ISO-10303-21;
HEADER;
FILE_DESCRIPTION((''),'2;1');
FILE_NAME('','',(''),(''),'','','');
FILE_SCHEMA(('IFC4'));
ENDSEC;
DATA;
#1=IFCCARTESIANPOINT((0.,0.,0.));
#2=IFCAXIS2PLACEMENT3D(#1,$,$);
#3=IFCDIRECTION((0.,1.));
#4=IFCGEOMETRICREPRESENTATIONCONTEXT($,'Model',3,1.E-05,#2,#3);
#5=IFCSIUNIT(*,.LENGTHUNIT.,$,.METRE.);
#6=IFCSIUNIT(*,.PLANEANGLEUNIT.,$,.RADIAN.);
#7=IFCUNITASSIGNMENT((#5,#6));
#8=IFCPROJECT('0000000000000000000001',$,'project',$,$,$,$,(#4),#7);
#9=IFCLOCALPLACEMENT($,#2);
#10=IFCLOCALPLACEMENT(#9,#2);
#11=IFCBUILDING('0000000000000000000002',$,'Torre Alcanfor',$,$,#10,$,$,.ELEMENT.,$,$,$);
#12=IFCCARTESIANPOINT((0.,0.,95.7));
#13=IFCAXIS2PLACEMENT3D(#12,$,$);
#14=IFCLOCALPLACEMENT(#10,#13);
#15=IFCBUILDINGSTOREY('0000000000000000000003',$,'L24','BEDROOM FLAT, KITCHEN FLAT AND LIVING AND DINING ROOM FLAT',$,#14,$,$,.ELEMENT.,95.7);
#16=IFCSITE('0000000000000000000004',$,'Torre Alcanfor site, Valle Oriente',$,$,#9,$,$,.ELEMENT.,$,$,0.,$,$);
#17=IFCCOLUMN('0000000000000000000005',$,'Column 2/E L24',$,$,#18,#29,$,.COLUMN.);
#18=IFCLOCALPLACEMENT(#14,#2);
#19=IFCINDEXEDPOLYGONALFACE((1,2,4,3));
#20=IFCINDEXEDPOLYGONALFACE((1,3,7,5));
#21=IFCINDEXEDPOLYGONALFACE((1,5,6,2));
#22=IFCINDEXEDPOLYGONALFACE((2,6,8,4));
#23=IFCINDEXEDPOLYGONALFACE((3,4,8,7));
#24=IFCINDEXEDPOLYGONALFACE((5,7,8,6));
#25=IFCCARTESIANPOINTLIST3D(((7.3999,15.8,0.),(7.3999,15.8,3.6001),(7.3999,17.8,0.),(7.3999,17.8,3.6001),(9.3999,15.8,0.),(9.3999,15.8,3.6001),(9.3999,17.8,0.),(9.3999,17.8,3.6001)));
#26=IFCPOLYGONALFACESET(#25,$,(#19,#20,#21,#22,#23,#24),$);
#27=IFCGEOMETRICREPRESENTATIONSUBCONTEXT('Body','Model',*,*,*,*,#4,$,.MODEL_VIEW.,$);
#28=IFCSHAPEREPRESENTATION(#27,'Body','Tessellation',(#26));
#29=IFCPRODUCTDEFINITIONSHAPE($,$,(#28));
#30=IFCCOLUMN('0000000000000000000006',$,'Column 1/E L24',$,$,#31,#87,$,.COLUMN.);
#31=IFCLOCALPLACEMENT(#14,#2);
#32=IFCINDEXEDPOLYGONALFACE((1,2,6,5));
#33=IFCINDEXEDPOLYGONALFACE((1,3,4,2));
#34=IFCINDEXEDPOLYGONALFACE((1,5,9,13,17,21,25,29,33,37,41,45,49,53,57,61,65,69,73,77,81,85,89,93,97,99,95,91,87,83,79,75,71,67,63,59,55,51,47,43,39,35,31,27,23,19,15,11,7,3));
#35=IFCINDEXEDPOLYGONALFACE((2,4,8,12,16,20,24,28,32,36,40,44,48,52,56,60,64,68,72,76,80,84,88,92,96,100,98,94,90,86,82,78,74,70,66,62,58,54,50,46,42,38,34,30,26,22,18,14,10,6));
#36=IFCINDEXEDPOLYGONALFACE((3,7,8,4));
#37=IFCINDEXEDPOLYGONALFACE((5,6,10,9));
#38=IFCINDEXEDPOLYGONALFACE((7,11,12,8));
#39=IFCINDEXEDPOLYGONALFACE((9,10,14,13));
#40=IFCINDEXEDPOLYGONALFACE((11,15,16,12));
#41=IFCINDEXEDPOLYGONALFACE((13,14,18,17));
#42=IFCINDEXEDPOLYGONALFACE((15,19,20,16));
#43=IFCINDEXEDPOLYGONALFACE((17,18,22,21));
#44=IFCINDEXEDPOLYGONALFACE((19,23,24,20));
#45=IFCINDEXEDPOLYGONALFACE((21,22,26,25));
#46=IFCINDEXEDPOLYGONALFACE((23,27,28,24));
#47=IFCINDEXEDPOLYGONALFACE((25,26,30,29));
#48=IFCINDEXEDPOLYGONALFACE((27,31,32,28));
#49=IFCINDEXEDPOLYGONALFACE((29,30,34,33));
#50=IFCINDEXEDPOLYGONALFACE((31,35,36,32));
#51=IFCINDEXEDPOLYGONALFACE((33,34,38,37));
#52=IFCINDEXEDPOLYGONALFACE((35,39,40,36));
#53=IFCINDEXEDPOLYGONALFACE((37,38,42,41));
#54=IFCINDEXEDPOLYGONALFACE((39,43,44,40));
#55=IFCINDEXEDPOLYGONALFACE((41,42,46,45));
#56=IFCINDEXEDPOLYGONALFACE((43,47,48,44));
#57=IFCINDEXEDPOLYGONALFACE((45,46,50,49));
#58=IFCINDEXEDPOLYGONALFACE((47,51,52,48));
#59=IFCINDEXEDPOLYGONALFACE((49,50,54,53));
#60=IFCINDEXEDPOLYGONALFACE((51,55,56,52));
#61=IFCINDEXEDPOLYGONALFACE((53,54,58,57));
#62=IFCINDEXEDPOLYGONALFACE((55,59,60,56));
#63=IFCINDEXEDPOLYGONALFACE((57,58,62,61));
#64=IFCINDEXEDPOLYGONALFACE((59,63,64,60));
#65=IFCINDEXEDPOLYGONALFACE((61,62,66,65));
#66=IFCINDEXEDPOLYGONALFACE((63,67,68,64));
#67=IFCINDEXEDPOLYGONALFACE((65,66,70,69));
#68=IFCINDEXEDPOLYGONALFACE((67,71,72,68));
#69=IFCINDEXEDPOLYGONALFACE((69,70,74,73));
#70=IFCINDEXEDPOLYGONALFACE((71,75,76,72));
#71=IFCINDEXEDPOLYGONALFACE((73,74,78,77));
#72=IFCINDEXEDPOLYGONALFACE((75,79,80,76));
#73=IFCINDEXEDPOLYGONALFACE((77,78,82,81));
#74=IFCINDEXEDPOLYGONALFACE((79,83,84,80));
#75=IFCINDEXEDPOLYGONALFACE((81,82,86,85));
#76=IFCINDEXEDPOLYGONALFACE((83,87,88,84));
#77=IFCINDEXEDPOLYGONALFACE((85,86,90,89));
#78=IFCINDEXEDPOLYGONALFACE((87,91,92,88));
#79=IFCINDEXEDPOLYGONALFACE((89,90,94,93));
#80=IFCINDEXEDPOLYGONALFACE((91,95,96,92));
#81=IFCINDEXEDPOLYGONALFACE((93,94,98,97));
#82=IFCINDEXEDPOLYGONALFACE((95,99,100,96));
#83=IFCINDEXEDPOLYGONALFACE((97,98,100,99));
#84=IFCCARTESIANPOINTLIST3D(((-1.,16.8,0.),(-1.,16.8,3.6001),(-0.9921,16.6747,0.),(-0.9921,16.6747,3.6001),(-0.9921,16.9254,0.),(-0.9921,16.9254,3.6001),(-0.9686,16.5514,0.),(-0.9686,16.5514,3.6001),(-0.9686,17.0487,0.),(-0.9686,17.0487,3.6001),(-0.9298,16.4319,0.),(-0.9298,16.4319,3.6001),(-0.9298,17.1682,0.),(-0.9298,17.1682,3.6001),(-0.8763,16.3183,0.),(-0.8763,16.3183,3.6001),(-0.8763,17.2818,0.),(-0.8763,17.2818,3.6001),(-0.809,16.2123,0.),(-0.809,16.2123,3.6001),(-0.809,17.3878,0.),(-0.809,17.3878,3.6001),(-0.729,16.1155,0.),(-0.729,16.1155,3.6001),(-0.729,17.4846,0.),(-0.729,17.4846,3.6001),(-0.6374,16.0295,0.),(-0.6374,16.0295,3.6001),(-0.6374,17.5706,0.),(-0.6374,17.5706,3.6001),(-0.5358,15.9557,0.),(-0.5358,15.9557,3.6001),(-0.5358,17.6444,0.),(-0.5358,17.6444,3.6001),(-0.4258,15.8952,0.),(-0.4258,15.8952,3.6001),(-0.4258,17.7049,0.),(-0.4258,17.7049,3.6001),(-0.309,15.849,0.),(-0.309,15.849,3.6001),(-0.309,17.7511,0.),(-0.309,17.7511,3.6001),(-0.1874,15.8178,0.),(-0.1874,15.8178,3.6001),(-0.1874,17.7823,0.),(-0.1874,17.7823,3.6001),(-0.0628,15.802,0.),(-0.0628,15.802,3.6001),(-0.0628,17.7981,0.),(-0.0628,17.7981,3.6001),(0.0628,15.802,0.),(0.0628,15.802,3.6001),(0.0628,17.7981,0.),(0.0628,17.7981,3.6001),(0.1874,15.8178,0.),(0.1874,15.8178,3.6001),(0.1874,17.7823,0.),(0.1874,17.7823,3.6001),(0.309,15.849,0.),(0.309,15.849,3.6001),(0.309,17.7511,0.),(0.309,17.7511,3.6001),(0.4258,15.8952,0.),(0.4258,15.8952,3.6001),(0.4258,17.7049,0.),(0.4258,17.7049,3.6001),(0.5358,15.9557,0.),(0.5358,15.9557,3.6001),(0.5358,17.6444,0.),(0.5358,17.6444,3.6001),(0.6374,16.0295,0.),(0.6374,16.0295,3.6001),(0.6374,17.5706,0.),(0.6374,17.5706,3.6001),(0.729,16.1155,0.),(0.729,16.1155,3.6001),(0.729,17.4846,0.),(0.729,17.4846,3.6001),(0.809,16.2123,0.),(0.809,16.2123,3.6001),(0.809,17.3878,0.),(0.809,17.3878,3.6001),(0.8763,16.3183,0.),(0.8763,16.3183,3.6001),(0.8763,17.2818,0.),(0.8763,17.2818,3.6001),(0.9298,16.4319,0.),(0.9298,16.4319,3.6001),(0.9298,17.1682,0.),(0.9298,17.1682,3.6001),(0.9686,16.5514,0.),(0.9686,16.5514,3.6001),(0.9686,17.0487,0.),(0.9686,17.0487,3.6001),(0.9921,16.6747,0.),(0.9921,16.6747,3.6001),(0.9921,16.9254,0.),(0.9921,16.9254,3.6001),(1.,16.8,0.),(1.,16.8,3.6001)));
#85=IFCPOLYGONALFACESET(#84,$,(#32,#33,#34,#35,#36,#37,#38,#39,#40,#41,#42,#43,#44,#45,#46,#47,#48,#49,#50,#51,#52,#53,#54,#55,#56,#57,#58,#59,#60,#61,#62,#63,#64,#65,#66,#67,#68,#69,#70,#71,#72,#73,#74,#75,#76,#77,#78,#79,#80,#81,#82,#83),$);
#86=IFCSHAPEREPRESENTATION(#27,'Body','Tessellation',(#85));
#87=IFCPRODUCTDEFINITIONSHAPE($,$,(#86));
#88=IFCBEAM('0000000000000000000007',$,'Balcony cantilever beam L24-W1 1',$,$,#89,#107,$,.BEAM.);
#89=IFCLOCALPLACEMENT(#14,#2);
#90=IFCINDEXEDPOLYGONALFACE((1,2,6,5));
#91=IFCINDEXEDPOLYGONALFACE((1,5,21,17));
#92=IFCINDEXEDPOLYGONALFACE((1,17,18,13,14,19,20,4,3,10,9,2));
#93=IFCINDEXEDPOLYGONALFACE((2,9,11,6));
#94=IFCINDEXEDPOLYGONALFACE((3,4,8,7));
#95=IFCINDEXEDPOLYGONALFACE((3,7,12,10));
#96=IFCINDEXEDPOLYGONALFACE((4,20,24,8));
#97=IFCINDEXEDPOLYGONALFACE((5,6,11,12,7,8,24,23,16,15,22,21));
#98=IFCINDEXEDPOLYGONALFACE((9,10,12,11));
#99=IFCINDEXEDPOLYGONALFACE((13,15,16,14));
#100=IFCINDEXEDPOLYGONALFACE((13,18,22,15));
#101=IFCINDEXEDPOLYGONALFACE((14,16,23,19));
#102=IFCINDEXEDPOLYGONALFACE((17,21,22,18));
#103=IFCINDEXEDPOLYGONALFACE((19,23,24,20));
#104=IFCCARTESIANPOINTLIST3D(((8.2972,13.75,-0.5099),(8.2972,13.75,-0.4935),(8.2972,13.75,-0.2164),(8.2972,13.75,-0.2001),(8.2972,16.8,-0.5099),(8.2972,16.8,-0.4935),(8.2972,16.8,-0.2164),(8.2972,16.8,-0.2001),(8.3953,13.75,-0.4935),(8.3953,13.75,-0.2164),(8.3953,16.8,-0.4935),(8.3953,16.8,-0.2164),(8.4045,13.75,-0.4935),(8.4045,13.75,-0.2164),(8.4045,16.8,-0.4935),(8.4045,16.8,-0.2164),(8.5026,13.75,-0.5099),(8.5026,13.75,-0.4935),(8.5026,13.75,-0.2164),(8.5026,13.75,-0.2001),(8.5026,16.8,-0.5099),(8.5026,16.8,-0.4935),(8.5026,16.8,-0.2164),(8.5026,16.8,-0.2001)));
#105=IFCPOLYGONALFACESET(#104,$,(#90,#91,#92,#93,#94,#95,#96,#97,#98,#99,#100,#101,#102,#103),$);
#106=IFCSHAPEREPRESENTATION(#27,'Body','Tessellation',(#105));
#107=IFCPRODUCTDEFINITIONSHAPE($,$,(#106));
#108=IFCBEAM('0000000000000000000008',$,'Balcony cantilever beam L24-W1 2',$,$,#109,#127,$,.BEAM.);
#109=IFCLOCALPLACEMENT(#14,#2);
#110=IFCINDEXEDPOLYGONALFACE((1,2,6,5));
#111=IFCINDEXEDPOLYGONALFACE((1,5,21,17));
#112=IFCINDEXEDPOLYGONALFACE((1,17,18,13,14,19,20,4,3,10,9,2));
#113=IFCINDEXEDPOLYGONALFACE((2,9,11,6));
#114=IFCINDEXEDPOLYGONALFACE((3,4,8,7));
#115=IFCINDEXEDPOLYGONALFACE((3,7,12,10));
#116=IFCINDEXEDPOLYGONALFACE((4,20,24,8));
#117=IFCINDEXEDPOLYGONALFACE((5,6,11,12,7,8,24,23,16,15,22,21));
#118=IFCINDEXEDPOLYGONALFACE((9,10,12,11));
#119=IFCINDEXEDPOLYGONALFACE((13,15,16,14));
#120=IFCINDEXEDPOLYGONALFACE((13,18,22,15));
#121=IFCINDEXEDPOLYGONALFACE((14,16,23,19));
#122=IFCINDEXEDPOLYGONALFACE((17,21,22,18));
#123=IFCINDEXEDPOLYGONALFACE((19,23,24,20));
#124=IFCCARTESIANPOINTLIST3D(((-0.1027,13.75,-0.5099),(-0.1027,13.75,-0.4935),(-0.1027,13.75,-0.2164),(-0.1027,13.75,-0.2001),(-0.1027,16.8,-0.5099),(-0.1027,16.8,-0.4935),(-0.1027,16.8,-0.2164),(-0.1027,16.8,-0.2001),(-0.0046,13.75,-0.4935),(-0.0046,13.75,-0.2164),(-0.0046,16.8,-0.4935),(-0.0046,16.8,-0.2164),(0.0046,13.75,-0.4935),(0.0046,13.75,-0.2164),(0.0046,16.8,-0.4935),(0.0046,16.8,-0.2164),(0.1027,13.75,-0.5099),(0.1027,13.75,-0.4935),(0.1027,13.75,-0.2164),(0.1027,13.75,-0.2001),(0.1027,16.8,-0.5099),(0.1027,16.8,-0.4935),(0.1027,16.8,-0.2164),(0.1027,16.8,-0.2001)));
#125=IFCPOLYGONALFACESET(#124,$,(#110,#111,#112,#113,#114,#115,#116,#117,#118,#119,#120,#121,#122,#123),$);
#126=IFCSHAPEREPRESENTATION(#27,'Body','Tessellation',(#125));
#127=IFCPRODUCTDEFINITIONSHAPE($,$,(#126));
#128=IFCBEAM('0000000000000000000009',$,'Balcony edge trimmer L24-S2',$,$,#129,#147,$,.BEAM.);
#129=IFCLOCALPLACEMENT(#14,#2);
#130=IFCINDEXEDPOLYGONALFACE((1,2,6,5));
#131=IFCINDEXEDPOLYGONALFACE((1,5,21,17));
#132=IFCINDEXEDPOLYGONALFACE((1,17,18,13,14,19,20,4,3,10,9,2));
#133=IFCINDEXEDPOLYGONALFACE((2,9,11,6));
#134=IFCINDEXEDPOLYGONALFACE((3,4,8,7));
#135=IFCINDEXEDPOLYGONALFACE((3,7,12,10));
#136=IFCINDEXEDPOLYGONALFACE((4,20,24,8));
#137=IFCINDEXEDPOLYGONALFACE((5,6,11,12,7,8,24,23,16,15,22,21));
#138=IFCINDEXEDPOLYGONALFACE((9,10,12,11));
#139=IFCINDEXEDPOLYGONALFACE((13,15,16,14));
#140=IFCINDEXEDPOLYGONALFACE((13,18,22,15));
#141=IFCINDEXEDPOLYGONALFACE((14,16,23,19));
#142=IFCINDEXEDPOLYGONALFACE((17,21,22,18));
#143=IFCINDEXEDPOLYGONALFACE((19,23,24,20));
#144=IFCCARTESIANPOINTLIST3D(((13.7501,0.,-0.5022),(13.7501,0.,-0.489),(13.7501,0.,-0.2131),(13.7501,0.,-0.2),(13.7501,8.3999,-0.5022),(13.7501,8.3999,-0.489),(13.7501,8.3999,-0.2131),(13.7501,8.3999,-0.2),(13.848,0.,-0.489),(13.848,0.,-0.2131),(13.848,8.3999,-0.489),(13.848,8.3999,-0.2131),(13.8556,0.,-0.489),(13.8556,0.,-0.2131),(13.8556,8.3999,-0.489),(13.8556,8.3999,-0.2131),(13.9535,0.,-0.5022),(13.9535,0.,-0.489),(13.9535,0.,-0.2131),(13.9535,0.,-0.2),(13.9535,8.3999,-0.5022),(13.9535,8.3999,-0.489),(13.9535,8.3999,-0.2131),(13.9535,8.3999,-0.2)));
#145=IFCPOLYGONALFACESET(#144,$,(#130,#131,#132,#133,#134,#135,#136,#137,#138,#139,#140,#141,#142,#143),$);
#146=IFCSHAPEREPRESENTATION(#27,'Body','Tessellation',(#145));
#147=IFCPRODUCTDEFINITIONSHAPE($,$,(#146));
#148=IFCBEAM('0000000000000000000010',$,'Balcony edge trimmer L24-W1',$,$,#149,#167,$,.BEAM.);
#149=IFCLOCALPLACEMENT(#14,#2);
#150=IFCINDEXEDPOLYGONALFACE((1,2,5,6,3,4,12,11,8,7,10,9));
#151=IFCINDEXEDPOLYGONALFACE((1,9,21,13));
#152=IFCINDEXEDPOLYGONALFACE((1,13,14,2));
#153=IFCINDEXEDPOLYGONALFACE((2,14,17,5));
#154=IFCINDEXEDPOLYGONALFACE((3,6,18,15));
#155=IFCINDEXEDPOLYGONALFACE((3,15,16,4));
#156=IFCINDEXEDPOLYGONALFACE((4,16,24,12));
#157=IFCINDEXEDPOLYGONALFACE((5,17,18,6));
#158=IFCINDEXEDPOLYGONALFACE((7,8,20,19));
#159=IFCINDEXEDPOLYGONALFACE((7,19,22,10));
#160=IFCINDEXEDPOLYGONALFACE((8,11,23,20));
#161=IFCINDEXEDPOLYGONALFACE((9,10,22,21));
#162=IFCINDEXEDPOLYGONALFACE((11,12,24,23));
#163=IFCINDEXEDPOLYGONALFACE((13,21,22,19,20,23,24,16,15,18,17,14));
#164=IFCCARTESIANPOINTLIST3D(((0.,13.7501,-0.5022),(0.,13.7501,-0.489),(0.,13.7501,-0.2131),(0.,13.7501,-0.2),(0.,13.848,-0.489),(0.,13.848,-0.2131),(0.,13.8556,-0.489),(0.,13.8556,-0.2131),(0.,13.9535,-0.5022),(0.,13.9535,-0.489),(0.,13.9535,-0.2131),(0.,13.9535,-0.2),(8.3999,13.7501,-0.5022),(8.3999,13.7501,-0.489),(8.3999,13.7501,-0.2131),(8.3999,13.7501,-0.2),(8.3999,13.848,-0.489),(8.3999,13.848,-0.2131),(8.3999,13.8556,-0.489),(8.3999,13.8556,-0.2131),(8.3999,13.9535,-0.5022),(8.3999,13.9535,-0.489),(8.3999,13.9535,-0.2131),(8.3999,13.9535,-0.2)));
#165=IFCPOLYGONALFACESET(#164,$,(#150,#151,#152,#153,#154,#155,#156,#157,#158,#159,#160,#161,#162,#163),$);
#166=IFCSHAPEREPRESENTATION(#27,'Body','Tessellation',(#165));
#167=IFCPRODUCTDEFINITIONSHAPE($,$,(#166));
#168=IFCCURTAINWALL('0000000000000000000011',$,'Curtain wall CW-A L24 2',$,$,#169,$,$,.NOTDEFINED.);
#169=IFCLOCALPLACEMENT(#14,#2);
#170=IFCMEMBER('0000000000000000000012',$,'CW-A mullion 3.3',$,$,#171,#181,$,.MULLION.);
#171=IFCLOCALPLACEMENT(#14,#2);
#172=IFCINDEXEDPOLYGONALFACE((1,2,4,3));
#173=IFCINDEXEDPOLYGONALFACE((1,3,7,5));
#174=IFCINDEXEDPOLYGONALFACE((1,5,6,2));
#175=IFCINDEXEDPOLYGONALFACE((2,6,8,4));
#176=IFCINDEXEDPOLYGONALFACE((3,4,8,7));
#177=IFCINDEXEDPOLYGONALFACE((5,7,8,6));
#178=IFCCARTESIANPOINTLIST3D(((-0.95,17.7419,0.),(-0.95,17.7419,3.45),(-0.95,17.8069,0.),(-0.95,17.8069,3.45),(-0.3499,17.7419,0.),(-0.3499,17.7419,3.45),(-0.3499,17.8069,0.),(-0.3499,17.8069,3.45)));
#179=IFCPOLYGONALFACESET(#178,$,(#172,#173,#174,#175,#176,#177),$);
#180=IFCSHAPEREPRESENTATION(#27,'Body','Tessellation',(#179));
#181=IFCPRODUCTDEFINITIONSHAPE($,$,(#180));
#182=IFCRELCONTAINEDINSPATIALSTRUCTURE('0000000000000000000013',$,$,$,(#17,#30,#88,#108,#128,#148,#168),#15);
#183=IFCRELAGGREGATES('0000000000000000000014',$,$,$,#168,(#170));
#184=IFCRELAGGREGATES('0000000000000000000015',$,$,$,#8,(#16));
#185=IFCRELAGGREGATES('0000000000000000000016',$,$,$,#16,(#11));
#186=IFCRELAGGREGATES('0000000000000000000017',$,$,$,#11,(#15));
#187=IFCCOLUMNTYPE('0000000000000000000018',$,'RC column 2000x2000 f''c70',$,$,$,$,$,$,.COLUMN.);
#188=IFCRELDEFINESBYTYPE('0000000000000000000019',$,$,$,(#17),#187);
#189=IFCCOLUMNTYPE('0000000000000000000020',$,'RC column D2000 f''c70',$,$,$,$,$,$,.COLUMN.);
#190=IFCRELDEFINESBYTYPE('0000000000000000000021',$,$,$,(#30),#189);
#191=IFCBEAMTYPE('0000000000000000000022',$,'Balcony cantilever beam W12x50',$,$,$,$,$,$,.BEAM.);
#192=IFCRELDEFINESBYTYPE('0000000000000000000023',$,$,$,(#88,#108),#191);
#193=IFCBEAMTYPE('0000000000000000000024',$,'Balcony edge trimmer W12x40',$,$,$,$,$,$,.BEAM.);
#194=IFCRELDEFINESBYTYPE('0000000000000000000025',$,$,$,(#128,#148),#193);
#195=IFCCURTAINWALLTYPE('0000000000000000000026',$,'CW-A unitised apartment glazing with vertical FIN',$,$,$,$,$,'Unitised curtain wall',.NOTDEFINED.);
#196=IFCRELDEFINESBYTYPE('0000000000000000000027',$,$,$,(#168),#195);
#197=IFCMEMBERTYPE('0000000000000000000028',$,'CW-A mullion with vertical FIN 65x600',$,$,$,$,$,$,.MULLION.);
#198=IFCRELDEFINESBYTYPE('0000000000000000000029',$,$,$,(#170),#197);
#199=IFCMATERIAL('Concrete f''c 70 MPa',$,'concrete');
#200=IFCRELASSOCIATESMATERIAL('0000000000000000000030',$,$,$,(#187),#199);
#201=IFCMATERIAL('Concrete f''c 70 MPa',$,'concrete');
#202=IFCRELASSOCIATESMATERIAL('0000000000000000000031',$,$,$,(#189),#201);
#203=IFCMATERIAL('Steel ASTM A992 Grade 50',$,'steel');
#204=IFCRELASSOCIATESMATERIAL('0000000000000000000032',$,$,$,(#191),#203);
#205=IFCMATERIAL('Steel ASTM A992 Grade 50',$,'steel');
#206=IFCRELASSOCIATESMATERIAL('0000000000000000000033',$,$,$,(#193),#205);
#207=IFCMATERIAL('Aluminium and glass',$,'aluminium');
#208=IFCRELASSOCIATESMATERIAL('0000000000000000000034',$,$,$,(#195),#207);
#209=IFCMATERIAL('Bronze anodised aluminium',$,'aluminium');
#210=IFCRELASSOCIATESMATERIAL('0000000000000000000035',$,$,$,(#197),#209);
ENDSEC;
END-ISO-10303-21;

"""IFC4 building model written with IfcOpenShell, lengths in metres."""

from ifc_helpers import new_model, si_unit, direction, frame, origin, origin_2d, place, context, subcontext, project, spatial, rectangle, circle, i_section, extrude, material, material_profile, profile_set, type_object, element, aggregate, save


model = new_model("IFC4")

# Units and contexts
model_context = context("Model", 3, precision=1e-05, world=origin(), true_north=direction((0.0, 1.0)))
body_context = subcontext(model_context, "Body", "Model", "MODEL_VIEW")
ifc_project = project(units=[si_unit("LENGTHUNIT", "METRE"), si_unit("PLANEANGLEUNIT", "RADIAN")], contexts=[model_context])

# Site, building, storey
site_placement = place(None, origin())
site = spatial("IfcSite", under=ifc_project, at=site_placement, Name="Torre Alcanfor site, Valle Oriente", CompositionType="ELEMENT", RefElevation=0.0)
building_placement = place(site_placement, origin())
building = spatial("IfcBuilding", under=site, at=building_placement, Name="Torre Alcanfor", CompositionType="ELEMENT")
storey_placement = place(building_placement, frame((0.0, 0.0, 95.7)))
storey = spatial("IfcBuildingStorey", under=building, at=storey_placement, Name="L24", Description="BEDROOM FLAT, KITCHEN FLAT AND LIVING AND DINING ROOM FLAT", CompositionType="ELEMENT", Elevation=95.7)

# Columns
ifc_material_1 = material(Name="Concrete f'c 70 MPa", Category="concrete")
ifc_material_profile_1 = material_profile(ifc_material_1, rectangle(XDim=2.0, YDim=2.0, at=origin_2d()), Name="2000x2000")
ifc_profile_set_1 = profile_set([ifc_material_profile_1], Name="Concrete f'c 70 MPa")
column_type_1 = type_object("IfcColumnType", Name="RC column 2000x2000 f'c70", PredefinedType="COLUMN", material=ifc_profile_set_1)
column_1_placement = place(storey_placement, frame((8.3999, 16.8, 0.0), z_axis=(0.0, 0.0, 1.0), x_axis=(1.0, 0.0, 0.0)))
element("IfcColumn", 1, at=column_1_placement, inside=storey, type_object=column_type_1, Name="Column 2/E L24", PredefinedType="COLUMN", context=body_context, shape_type="SweptSolid", body=[
    extrude(rectangle(XDim=2.0, YDim=2.0, at=origin_2d()), origin(), (0.0, 0.0, 1.0), 3.6001),
])
ifc_material_2 = material(Name="Concrete f'c 70 MPa", Category="concrete")
ifc_material_profile_2 = material_profile(ifc_material_2, circle(Radius=1.0, at=origin_2d()), Name="D2000")
ifc_profile_set_2 = profile_set([ifc_material_profile_2], Name="Concrete f'c 70 MPa")
column_type_2 = type_object("IfcColumnType", Name="RC column D2000 f'c70", PredefinedType="COLUMN", material=ifc_profile_set_2)
column_2_placement = place(storey_placement, frame((0.0, 16.8, 0.0), z_axis=(0.0, 0.0, 1.0), x_axis=(1.0, 0.0, 0.0)))
element("IfcColumn", 2, at=column_2_placement, inside=storey, type_object=column_type_2, Name="Column 1/E L24", PredefinedType="COLUMN", context=body_context, shape_type="SweptSolid", body=[
    extrude(circle(Radius=1.0, at=origin_2d()), origin(), (0.0, 0.0, 1.0), 3.6001),
])

# Beams
ifc_material_3 = material(Name="Steel ASTM A992 Grade 50", Category="steel")
ifc_material_profile_3 = material_profile(ifc_material_3, i_section(OverallWidth=0.2053, OverallDepth=0.3098, WebThickness=0.0093, FlangeThickness=0.0164, at=origin_2d()), Name="W12x50")
ifc_profile_set_3 = profile_set([ifc_material_profile_3], Name="Steel ASTM A992 Grade 50")
beam_type_1 = type_object("IfcBeamType", Name="Balcony cantilever beam W12x50", PredefinedType="BEAM", material=ifc_profile_set_3)
for number, where, z_axis, x_axis, name in (
    (3, (8.3999, 16.8, -0.355), (0.0, -1.0, 0.0), (1.0, 0.0, 0.0), "Balcony cantilever beam L24-W1 1"),
    (4, (0.0, 16.8, -0.355), (0.0, -1.0, 0.0), (1.0, 0.0, 0.0), "Balcony cantilever beam L24-W1 2"),
):
    element("IfcBeam", number, at=place(storey_placement, frame(where, z_axis=z_axis, x_axis=x_axis)), inside=storey, type_object=beam_type_1, Name=name, PredefinedType="BEAM", context=body_context, shape_type="SweptSolid", body=[
        extrude(i_section(OverallWidth=0.2053, OverallDepth=0.3098, WebThickness=0.0093, FlangeThickness=0.0164, at=origin_2d()), origin(), (0.0, 0.0, 1.0), 3.05),
    ])
ifc_material_4 = material(Name="Steel ASTM A992 Grade 50", Category="steel")
ifc_material_profile_4 = material_profile(ifc_material_4, i_section(OverallWidth=0.2034, OverallDepth=0.3022, WebThickness=0.0076, FlangeThickness=0.0132, at=origin_2d()), Name="W12x40")
ifc_profile_set_4 = profile_set([ifc_material_profile_4], Name="Steel ASTM A992 Grade 50")
beam_type_2 = type_object("IfcBeamType", Name="Balcony edge trimmer W12x40", PredefinedType="BEAM", material=ifc_profile_set_4)
for number, where, z_axis, x_axis, name in (
    (5, (13.8518, 8.3999, -0.3511), (0.0, -1.0, 0.0), (1.0, 0.0, 0.0), "Balcony edge trimmer L24-S2"),
    (6, (8.3999, 13.8518, -0.3511), (-1.0, 0.0, 0.0), (0.0, -1.0, 0.0), "Balcony edge trimmer L24-W1"),
):
    element("IfcBeam", number, at=place(storey_placement, frame(where, z_axis=z_axis, x_axis=x_axis)), inside=storey, type_object=beam_type_2, Name=name, PredefinedType="BEAM", context=body_context, shape_type="SweptSolid", body=[
        extrude(i_section(OverallWidth=0.2034, OverallDepth=0.3022, WebThickness=0.0076, FlangeThickness=0.0132, at=origin_2d()), origin(), (0.0, 0.0, 1.0), 8.3999),
    ])

# Curtain wall, member
ifc_material_5 = material(Name="Aluminium and glass", Category="aluminium")
curtain_wall_type = type_object("IfcCurtainWallType", Name="CW-A unitised apartment glazing with vertical FIN", ElementType="Unitised curtain wall", PredefinedType="NOTDEFINED", material=ifc_material_5)
curtain_wall_placement = place(storey_placement, origin())
curtain_wall = element("IfcCurtainWall", 7, at=curtain_wall_placement, inside=storey, type_object=curtain_wall_type, Name="Curtain wall CW-A L24 2", PredefinedType="NOTDEFINED")
ifc_material_6 = material(Name="Bronze anodised aluminium", Category="aluminium")
ifc_material_profile_5 = material_profile(ifc_material_6, rectangle(XDim=0.6001, YDim=0.0649, at=origin_2d()), Name="CW-A mullion 65x600")
ifc_profile_set_5 = profile_set([ifc_material_profile_5], Name="Bronze anodised aluminium")
member_type = type_object("IfcMemberType", Name="CW-A mullion with vertical FIN 65x600", PredefinedType="MULLION", material=ifc_profile_set_5)
member_placement = place(storey_placement, frame((-0.6499, 17.7744, 0.0), z_axis=(0.0, 0.0, 1.0), x_axis=(1.0, 0.0, 0.0)))
member = element("IfcMember", 8, at=member_placement, type_object=member_type, Name="CW-A mullion 3.3", PredefinedType="MULLION", context=body_context, shape_type="SweptSolid", body=[
    extrude(rectangle(XDim=0.6001, YDim=0.0649, at=origin_2d()), origin(), (0.0, 0.0, 1.0), 3.45),
])
aggregate(curtain_wall, [member])

save(model, "model.ifc")
